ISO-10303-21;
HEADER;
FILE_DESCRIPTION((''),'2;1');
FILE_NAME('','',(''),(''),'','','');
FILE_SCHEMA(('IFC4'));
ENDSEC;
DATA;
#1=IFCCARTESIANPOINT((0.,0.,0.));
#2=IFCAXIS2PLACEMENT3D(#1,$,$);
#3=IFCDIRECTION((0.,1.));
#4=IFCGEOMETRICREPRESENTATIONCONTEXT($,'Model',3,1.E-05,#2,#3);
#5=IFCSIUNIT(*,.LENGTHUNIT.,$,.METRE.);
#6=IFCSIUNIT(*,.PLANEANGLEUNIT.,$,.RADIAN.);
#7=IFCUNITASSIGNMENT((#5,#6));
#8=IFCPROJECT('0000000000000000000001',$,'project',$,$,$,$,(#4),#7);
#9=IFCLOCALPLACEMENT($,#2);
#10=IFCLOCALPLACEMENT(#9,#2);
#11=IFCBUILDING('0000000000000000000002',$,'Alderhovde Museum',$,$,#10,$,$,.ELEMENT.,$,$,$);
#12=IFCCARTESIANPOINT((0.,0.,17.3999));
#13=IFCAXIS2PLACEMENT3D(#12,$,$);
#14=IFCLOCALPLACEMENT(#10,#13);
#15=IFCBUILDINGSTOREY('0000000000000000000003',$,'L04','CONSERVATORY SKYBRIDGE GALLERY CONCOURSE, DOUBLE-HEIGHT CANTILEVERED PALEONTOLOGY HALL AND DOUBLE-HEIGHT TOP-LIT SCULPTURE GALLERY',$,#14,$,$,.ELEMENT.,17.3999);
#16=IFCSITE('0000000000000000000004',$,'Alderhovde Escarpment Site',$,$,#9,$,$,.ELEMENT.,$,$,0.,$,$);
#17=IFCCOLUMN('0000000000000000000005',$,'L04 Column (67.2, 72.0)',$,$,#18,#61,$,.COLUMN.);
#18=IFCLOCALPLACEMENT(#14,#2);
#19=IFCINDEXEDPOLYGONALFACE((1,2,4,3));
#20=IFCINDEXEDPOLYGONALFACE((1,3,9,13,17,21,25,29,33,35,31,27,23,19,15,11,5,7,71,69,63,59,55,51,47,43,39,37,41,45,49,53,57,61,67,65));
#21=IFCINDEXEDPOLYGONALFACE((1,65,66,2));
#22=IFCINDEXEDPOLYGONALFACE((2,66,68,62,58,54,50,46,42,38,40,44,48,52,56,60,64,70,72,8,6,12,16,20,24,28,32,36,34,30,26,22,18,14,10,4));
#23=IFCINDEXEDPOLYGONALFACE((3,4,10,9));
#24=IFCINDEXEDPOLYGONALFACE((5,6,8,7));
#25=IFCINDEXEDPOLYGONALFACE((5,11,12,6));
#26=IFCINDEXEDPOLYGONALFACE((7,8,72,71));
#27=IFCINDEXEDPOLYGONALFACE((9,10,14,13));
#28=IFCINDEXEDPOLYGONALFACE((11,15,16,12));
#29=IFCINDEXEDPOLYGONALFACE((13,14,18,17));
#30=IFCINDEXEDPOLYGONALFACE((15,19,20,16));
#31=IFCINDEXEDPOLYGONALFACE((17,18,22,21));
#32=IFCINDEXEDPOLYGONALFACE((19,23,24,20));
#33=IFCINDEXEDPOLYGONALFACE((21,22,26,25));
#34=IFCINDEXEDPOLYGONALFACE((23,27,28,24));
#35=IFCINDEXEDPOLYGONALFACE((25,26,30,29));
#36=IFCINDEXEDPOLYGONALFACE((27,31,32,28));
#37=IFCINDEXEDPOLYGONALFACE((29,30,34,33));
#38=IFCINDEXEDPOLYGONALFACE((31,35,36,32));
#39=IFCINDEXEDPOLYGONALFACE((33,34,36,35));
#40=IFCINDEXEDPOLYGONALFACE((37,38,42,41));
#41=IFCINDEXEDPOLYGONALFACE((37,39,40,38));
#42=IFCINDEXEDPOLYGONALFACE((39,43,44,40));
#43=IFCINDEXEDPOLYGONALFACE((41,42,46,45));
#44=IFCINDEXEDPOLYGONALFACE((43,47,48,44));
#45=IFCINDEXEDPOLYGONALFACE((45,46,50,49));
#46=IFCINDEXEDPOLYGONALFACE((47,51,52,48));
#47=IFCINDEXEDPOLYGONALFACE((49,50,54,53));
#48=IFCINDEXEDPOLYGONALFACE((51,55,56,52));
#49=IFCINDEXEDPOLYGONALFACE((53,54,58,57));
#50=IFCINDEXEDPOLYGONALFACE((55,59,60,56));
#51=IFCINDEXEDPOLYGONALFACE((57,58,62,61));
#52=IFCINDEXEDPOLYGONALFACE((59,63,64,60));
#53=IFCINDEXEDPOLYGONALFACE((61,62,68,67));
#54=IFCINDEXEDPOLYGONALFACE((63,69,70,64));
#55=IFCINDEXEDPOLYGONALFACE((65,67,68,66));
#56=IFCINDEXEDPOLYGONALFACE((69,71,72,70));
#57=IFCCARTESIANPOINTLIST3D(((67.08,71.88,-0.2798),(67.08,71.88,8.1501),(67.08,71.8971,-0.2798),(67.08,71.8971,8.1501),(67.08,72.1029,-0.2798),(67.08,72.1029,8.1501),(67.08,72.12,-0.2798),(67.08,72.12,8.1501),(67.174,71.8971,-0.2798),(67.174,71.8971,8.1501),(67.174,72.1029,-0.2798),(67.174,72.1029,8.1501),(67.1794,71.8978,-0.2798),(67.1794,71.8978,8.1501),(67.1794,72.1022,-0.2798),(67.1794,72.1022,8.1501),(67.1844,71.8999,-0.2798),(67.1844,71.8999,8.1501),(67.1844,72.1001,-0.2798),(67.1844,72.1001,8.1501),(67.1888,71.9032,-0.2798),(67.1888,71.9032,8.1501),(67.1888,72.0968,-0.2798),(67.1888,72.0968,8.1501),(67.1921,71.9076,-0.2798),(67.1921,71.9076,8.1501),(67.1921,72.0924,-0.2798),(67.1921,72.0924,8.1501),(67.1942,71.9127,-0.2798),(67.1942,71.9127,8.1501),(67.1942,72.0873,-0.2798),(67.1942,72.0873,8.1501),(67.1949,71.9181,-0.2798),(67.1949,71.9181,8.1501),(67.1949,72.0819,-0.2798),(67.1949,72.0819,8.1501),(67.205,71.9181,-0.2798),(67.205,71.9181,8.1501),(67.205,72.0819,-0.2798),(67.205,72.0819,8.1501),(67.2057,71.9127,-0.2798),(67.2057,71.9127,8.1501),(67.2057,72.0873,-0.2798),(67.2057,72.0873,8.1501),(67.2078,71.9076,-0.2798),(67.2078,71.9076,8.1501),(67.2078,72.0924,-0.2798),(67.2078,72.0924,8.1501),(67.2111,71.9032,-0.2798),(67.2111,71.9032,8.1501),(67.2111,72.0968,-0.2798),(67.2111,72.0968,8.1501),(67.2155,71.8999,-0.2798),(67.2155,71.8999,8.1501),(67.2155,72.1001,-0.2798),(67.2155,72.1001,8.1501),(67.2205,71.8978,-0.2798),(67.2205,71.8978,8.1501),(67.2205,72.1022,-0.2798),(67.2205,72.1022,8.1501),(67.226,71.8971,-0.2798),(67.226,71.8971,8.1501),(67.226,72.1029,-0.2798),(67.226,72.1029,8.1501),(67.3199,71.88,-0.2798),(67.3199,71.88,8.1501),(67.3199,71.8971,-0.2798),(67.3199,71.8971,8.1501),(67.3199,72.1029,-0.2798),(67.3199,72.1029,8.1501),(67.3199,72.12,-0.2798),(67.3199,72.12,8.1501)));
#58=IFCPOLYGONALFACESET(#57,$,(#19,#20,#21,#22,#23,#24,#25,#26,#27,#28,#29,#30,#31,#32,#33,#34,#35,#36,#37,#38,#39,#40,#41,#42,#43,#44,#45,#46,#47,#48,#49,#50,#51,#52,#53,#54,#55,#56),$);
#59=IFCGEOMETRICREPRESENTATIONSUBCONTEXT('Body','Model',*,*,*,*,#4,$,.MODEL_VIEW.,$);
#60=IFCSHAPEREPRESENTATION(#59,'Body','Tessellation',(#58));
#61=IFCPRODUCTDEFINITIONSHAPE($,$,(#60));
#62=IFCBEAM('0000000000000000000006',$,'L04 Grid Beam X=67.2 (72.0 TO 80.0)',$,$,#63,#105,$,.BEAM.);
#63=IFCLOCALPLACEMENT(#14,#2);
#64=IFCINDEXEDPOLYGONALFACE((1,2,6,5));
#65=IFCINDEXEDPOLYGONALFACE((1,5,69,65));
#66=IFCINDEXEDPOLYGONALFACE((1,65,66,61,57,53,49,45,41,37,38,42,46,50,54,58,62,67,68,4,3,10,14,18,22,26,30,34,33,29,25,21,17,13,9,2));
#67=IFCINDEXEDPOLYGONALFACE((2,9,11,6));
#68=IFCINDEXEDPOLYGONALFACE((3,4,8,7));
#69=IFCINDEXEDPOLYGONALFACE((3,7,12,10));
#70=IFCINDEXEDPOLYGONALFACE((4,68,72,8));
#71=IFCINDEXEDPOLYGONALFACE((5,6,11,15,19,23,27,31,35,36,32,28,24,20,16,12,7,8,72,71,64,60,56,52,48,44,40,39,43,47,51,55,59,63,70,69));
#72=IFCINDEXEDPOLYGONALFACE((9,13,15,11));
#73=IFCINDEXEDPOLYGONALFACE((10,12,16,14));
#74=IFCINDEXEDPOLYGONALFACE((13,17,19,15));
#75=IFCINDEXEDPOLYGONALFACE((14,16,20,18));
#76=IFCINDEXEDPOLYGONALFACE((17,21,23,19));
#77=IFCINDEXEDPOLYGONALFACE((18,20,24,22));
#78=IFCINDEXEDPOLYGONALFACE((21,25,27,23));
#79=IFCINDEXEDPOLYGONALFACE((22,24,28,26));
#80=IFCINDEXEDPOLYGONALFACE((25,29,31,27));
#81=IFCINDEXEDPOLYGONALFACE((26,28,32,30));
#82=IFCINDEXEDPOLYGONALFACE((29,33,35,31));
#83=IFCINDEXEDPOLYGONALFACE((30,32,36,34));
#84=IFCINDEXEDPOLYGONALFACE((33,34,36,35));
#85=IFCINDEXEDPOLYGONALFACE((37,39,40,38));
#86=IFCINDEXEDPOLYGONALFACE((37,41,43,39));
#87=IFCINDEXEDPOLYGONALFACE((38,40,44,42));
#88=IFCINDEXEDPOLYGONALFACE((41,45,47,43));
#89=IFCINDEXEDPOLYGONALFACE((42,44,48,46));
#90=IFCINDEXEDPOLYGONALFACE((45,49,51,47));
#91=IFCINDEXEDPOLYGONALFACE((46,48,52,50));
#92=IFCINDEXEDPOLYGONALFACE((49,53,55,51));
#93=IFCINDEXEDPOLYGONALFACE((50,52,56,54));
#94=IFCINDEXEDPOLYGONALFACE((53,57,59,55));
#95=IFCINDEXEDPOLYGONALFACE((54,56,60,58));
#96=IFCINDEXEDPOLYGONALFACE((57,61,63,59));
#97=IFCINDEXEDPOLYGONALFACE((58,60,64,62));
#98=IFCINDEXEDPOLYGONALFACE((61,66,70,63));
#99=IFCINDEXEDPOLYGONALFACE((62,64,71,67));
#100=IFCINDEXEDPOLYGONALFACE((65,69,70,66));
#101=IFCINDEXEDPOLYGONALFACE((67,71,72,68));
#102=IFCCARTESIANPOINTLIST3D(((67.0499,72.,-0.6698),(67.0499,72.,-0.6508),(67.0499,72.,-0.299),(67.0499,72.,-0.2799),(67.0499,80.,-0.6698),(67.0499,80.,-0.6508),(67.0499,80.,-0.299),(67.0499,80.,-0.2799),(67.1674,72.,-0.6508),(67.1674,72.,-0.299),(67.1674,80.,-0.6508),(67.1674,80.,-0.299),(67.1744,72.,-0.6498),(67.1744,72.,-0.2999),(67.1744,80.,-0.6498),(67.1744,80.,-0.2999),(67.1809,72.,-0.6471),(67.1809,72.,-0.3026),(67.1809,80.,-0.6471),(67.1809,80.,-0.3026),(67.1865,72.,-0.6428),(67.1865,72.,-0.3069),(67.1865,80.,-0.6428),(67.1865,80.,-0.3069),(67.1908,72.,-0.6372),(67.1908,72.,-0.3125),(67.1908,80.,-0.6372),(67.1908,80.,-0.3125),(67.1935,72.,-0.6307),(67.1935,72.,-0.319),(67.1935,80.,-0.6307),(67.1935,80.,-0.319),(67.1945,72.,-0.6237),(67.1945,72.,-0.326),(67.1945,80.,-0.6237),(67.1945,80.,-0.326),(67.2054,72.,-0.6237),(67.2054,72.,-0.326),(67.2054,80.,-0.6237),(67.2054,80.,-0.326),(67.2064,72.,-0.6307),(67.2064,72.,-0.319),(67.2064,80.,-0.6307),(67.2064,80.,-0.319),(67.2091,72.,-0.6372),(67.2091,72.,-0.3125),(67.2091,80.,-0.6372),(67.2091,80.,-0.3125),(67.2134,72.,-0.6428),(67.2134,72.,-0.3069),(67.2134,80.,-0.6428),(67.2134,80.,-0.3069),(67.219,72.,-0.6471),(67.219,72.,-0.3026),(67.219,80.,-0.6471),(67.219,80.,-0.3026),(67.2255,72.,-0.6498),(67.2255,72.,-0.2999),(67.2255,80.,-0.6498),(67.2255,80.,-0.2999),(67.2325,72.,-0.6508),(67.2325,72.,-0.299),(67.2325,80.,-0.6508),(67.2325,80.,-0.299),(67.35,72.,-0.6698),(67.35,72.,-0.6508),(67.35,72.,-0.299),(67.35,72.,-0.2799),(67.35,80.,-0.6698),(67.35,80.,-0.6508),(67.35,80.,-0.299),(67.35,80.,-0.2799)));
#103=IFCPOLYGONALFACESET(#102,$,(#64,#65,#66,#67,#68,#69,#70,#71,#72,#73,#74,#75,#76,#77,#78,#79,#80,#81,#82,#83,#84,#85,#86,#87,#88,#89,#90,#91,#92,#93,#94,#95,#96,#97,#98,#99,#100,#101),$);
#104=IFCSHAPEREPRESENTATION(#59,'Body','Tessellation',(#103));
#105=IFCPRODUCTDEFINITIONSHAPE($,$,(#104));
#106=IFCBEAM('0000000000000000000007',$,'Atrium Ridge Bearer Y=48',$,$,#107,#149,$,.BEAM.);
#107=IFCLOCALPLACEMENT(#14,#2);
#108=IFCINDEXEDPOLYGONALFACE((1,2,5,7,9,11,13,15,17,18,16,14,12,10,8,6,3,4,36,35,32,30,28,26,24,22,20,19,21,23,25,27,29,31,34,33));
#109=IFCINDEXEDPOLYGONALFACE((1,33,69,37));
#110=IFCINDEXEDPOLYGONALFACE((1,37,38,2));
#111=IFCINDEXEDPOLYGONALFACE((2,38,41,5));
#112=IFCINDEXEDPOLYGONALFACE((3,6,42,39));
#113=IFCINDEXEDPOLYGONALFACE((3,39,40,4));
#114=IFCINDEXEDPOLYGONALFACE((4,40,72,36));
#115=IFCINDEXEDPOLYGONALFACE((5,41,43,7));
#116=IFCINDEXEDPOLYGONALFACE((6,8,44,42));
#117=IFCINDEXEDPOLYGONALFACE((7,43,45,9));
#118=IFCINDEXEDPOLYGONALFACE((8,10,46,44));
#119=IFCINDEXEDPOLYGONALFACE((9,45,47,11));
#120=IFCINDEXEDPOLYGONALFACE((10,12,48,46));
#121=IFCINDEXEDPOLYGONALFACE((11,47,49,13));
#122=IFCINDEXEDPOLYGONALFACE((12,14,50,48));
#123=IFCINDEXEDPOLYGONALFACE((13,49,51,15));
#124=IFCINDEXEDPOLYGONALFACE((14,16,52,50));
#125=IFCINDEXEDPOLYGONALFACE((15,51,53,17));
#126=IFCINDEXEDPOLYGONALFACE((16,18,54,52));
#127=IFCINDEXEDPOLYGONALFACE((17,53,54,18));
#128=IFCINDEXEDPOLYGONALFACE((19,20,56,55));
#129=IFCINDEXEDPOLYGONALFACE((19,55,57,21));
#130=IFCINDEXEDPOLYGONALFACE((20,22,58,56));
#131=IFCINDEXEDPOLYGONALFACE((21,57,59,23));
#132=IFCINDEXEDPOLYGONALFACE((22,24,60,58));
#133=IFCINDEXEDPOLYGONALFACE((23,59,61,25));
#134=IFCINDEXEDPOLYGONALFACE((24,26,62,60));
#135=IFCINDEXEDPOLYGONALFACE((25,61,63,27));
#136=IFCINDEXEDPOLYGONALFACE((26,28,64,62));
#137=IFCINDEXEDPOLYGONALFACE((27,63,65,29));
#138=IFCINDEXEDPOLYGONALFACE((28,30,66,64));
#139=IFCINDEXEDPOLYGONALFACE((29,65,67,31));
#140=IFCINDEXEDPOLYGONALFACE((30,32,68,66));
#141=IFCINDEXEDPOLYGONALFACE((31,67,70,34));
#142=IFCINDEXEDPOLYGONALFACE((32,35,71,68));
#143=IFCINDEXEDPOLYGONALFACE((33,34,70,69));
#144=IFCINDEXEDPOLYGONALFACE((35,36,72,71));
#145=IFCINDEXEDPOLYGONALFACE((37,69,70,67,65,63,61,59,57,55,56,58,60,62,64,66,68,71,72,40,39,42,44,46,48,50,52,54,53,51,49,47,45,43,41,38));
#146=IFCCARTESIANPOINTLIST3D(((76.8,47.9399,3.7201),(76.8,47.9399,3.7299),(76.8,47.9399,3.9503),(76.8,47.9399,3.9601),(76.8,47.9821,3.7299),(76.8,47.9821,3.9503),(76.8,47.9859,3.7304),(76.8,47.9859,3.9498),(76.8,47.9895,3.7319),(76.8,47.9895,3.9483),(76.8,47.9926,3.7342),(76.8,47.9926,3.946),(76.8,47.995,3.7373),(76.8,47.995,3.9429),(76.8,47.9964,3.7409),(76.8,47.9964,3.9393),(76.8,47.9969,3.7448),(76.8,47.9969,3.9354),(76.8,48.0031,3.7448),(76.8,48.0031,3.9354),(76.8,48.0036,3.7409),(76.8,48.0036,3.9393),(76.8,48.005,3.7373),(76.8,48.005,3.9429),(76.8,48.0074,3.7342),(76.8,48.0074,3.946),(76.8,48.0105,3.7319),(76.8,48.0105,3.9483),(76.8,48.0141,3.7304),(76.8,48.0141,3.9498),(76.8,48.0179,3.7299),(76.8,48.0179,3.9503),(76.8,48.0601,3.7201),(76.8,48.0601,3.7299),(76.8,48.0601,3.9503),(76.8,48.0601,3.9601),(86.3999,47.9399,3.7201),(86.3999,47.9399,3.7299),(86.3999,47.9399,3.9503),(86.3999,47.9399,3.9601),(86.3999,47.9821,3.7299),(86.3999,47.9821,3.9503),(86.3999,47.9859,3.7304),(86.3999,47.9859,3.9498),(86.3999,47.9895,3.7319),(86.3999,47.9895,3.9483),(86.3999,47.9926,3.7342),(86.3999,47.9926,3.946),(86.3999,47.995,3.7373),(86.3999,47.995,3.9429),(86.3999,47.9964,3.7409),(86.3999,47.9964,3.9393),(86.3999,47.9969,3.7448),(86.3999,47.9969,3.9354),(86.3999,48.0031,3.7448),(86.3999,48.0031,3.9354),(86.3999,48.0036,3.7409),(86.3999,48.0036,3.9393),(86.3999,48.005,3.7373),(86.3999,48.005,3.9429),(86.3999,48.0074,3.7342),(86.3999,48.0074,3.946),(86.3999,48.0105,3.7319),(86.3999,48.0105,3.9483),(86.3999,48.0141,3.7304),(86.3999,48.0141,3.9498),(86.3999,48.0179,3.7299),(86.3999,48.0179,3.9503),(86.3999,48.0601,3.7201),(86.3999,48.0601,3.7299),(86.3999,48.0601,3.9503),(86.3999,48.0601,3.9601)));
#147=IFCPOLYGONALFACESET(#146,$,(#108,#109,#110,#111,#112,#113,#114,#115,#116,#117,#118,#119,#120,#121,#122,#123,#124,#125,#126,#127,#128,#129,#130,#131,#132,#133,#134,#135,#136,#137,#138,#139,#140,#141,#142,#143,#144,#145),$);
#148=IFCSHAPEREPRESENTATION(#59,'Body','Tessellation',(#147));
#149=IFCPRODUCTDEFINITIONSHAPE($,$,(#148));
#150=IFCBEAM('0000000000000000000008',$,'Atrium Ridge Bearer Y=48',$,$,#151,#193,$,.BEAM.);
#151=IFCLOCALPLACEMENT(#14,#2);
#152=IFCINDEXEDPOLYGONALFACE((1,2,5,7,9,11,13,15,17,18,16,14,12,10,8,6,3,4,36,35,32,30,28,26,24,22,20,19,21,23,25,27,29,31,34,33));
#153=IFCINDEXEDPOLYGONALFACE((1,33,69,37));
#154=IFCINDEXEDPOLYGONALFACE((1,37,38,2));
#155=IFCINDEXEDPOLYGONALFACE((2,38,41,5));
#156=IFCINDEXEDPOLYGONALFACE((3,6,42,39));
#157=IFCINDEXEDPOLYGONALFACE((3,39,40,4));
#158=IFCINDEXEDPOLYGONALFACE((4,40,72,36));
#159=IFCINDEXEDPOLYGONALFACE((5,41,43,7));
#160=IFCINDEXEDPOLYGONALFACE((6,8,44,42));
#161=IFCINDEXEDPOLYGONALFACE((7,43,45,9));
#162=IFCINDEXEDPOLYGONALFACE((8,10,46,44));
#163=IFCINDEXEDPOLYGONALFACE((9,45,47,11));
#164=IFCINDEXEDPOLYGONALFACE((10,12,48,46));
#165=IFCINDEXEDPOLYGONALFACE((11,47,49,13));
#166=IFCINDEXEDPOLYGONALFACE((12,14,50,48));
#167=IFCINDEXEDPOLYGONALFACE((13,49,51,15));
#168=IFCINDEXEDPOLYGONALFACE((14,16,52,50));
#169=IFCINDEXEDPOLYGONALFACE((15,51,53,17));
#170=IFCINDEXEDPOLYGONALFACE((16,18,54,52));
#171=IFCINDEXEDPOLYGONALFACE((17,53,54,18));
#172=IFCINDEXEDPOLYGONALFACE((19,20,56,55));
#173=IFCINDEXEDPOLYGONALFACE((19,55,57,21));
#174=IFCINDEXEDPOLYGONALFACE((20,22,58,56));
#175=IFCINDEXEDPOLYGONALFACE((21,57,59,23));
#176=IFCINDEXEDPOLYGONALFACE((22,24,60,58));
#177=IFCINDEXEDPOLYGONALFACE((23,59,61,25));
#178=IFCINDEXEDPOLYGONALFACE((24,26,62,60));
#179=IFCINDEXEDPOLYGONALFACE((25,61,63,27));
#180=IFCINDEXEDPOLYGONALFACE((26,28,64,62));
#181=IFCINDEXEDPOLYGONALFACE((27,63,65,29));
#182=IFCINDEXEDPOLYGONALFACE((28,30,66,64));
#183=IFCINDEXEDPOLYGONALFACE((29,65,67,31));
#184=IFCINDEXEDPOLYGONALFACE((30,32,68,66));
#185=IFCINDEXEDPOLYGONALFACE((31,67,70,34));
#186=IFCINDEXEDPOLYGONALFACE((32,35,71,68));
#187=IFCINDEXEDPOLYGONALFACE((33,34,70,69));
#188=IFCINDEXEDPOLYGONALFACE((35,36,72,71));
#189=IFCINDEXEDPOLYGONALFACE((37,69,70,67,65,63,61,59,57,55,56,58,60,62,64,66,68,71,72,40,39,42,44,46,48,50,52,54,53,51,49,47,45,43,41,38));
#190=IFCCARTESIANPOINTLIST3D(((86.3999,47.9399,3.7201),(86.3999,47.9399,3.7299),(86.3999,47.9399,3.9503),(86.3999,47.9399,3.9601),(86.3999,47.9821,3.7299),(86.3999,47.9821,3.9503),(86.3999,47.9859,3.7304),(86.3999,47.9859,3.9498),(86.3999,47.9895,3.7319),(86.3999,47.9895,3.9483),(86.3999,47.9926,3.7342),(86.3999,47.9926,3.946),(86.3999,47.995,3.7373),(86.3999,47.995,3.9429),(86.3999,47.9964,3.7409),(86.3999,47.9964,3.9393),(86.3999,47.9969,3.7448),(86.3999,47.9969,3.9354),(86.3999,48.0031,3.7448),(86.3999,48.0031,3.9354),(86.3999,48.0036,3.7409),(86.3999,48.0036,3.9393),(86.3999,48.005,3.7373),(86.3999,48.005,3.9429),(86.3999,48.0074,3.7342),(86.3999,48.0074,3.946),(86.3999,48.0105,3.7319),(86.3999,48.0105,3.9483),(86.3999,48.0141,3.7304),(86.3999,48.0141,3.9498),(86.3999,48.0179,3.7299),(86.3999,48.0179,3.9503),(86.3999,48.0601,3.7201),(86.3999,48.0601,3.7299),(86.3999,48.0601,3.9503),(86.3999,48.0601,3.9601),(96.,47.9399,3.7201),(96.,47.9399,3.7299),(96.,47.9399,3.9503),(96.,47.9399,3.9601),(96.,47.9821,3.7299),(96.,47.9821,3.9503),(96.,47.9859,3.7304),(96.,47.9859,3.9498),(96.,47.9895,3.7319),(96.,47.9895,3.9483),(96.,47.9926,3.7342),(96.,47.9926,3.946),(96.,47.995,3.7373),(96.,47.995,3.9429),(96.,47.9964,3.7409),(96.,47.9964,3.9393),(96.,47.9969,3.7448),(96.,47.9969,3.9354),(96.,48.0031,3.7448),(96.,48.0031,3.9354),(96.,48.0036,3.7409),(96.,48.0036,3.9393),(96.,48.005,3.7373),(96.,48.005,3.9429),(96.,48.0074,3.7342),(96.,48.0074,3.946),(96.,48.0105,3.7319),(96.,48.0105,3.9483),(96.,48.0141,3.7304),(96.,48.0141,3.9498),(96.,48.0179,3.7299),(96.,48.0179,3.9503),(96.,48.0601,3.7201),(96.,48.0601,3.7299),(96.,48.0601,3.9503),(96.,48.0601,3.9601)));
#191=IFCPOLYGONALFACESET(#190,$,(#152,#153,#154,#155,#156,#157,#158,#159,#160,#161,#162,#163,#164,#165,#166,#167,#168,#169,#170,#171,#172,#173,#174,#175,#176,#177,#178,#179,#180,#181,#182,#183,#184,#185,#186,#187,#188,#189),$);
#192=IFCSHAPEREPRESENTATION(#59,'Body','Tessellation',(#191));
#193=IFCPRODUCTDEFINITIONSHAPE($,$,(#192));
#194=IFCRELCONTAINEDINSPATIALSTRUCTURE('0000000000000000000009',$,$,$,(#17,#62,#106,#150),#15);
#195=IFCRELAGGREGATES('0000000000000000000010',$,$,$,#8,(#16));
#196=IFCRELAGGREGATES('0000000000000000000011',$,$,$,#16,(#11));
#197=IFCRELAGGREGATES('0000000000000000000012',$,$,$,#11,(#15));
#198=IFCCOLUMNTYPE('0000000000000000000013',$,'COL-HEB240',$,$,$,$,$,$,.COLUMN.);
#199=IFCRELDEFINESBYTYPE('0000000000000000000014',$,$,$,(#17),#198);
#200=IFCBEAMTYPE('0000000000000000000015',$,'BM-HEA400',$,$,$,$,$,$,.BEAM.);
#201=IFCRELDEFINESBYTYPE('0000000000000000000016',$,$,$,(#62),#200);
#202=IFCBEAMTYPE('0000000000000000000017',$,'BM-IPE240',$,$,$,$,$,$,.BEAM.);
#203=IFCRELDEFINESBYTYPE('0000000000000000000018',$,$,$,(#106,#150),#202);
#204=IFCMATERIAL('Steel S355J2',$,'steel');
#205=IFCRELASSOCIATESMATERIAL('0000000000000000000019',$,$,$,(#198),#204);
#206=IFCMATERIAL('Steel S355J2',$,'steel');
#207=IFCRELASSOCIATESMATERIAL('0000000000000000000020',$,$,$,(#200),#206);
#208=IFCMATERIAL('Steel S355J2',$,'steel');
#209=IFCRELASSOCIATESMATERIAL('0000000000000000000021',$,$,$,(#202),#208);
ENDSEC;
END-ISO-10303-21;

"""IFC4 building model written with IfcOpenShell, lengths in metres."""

from ifc_helpers import new_model, si_unit, direction, frame, origin, origin_2d, place, context, subcontext, project, spatial, i_section, extrude, material, material_profile, profile_set, type_object, element, save


model = new_model("IFC4")

# Units and contexts
model_context = context("Model", 3, precision=1e-05, world=origin(), true_north=direction((0.0, 1.0)))
body_context = subcontext(model_context, "Body", "Model", "MODEL_VIEW")
ifc_project = project(units=[si_unit("LENGTHUNIT", "METRE"), si_unit("PLANEANGLEUNIT", "RADIAN")], contexts=[model_context])

# Site, building, storey
site_placement = place(None, origin())
site = spatial("IfcSite", under=ifc_project, at=site_placement, Name="Alderhovde Escarpment Site", CompositionType="ELEMENT", RefElevation=0.0)
building_placement = place(site_placement, origin())
building = spatial("IfcBuilding", under=site, at=building_placement, Name="Alderhovde Museum", CompositionType="ELEMENT")
storey_placement = place(building_placement, frame((0.0, 0.0, 17.3999)))
storey = spatial("IfcBuildingStorey", under=building, at=storey_placement, Name="L04", Description="CONSERVATORY SKYBRIDGE GALLERY CONCOURSE, DOUBLE-HEIGHT CANTILEVERED PALEONTOLOGY HALL AND DOUBLE-HEIGHT TOP-LIT SCULPTURE GALLERY", CompositionType="ELEMENT", Elevation=17.3999)

# Column
ifc_material_1 = material(Name="Steel S355J2", Category="steel")
ifc_material_profile_1 = material_profile(ifc_material_1, i_section(OverallWidth=0.24, OverallDepth=0.24, WebThickness=0.01, FlangeThickness=0.0171, FilletRadius=0.021, at=origin_2d()), Name="HEB 240")
ifc_profile_set_1 = profile_set([ifc_material_profile_1], Name="Steel S355J2")
column_type = type_object("IfcColumnType", Name="COL-HEB240", PredefinedType="COLUMN", material=ifc_profile_set_1)
column_placement = place(storey_placement, frame((67.2, 72.0, -0.2798), z_axis=(0.0, 0.0, 1.0), x_axis=(1.0, 0.0, 0.0)))
element("IfcColumn", 1, at=column_placement, inside=storey, type_object=column_type, Name="L04 Column (67.2, 72.0)", PredefinedType="COLUMN", context=body_context, shape_type="SweptSolid", body=[
    extrude(i_section(OverallWidth=0.24, OverallDepth=0.24, WebThickness=0.01, FlangeThickness=0.0171, FilletRadius=0.021, at=origin_2d()), origin(), (0.0, 0.0, 1.0), 8.4299),
])

# Beams
ifc_material_2 = material(Name="Steel S355J2", Category="steel")
ifc_material_profile_2 = material_profile(ifc_material_2, i_section(OverallWidth=0.3, OverallDepth=0.3899, WebThickness=0.011, FlangeThickness=0.019, FilletRadius=0.0271, at=origin_2d()), Name="HEA 400")
ifc_profile_set_2 = profile_set([ifc_material_profile_2], Name="Steel S355J2")
beam_type_1 = type_object("IfcBeamType", Name="BM-HEA400", PredefinedType="BEAM", material=ifc_profile_set_2)
beam_1_placement = place(storey_placement, frame((67.2, 72.0, -0.4749), z_axis=(0.0, 1.0, 0.0), x_axis=(-1.0, 0.0, 0.0)))
element("IfcBeam", 2, at=beam_1_placement, inside=storey, type_object=beam_type_1, Name="L04 Grid Beam X=67.2 (72.0 TO 80.0)", PredefinedType="BEAM", context=body_context, shape_type="SweptSolid", body=[
    extrude(i_section(OverallWidth=0.3, OverallDepth=0.3899, WebThickness=0.011, FlangeThickness=0.019, FilletRadius=0.0271, at=origin_2d()), origin(), (0.0, 0.0, 1.0), 8.0),
])
ifc_material_3 = material(Name="Steel S355J2", Category="steel")
ifc_material_profile_3 = material_profile(ifc_material_3, i_section(OverallWidth=0.1201, OverallDepth=0.24, WebThickness=0.0061, FlangeThickness=0.0098, FilletRadius=0.0149, at=origin_2d()), Name="IPE 240")
ifc_profile_set_3 = profile_set([ifc_material_profile_3], Name="Steel S355J2")
beam_type_2 = type_object("IfcBeamType", Name="BM-IPE240", PredefinedType="BEAM", material=ifc_profile_set_3)
beam_2_placement = place(storey_placement, frame((76.8, 48.0, 3.8401), z_axis=(1.0, 0.0, 0.0), x_axis=(0.0, 1.0, 0.0)))
element("IfcBeam", 3, at=beam_2_placement, inside=storey, type_object=beam_type_2, Name="Atrium Ridge Bearer Y=48", PredefinedType="BEAM", context=body_context, shape_type="SweptSolid", body=[
    extrude(i_section(OverallWidth=0.1201, OverallDepth=0.24, WebThickness=0.0061, FlangeThickness=0.0098, FilletRadius=0.0149, at=origin_2d()), origin(), (0.0, 0.0, 1.0), 9.5999),
])
beam_3_placement = place(storey_placement, frame((86.3999, 48.0, 3.8401), z_axis=(1.0, 0.0, 0.0), x_axis=(0.0, 1.0, 0.0)))
element("IfcBeam", 4, at=beam_3_placement, inside=storey, type_object=beam_type_2, Name="Atrium Ridge Bearer Y=48", PredefinedType="BEAM", context=body_context, shape_type="SweptSolid", body=[
    extrude(i_section(OverallWidth=0.1201, OverallDepth=0.24, WebThickness=0.0061, FlangeThickness=0.0098, FilletRadius=0.0149, at=origin_2d()), origin(), (0.0, 0.0, 1.0), 9.6001),
])

save(model, "model.ifc")
